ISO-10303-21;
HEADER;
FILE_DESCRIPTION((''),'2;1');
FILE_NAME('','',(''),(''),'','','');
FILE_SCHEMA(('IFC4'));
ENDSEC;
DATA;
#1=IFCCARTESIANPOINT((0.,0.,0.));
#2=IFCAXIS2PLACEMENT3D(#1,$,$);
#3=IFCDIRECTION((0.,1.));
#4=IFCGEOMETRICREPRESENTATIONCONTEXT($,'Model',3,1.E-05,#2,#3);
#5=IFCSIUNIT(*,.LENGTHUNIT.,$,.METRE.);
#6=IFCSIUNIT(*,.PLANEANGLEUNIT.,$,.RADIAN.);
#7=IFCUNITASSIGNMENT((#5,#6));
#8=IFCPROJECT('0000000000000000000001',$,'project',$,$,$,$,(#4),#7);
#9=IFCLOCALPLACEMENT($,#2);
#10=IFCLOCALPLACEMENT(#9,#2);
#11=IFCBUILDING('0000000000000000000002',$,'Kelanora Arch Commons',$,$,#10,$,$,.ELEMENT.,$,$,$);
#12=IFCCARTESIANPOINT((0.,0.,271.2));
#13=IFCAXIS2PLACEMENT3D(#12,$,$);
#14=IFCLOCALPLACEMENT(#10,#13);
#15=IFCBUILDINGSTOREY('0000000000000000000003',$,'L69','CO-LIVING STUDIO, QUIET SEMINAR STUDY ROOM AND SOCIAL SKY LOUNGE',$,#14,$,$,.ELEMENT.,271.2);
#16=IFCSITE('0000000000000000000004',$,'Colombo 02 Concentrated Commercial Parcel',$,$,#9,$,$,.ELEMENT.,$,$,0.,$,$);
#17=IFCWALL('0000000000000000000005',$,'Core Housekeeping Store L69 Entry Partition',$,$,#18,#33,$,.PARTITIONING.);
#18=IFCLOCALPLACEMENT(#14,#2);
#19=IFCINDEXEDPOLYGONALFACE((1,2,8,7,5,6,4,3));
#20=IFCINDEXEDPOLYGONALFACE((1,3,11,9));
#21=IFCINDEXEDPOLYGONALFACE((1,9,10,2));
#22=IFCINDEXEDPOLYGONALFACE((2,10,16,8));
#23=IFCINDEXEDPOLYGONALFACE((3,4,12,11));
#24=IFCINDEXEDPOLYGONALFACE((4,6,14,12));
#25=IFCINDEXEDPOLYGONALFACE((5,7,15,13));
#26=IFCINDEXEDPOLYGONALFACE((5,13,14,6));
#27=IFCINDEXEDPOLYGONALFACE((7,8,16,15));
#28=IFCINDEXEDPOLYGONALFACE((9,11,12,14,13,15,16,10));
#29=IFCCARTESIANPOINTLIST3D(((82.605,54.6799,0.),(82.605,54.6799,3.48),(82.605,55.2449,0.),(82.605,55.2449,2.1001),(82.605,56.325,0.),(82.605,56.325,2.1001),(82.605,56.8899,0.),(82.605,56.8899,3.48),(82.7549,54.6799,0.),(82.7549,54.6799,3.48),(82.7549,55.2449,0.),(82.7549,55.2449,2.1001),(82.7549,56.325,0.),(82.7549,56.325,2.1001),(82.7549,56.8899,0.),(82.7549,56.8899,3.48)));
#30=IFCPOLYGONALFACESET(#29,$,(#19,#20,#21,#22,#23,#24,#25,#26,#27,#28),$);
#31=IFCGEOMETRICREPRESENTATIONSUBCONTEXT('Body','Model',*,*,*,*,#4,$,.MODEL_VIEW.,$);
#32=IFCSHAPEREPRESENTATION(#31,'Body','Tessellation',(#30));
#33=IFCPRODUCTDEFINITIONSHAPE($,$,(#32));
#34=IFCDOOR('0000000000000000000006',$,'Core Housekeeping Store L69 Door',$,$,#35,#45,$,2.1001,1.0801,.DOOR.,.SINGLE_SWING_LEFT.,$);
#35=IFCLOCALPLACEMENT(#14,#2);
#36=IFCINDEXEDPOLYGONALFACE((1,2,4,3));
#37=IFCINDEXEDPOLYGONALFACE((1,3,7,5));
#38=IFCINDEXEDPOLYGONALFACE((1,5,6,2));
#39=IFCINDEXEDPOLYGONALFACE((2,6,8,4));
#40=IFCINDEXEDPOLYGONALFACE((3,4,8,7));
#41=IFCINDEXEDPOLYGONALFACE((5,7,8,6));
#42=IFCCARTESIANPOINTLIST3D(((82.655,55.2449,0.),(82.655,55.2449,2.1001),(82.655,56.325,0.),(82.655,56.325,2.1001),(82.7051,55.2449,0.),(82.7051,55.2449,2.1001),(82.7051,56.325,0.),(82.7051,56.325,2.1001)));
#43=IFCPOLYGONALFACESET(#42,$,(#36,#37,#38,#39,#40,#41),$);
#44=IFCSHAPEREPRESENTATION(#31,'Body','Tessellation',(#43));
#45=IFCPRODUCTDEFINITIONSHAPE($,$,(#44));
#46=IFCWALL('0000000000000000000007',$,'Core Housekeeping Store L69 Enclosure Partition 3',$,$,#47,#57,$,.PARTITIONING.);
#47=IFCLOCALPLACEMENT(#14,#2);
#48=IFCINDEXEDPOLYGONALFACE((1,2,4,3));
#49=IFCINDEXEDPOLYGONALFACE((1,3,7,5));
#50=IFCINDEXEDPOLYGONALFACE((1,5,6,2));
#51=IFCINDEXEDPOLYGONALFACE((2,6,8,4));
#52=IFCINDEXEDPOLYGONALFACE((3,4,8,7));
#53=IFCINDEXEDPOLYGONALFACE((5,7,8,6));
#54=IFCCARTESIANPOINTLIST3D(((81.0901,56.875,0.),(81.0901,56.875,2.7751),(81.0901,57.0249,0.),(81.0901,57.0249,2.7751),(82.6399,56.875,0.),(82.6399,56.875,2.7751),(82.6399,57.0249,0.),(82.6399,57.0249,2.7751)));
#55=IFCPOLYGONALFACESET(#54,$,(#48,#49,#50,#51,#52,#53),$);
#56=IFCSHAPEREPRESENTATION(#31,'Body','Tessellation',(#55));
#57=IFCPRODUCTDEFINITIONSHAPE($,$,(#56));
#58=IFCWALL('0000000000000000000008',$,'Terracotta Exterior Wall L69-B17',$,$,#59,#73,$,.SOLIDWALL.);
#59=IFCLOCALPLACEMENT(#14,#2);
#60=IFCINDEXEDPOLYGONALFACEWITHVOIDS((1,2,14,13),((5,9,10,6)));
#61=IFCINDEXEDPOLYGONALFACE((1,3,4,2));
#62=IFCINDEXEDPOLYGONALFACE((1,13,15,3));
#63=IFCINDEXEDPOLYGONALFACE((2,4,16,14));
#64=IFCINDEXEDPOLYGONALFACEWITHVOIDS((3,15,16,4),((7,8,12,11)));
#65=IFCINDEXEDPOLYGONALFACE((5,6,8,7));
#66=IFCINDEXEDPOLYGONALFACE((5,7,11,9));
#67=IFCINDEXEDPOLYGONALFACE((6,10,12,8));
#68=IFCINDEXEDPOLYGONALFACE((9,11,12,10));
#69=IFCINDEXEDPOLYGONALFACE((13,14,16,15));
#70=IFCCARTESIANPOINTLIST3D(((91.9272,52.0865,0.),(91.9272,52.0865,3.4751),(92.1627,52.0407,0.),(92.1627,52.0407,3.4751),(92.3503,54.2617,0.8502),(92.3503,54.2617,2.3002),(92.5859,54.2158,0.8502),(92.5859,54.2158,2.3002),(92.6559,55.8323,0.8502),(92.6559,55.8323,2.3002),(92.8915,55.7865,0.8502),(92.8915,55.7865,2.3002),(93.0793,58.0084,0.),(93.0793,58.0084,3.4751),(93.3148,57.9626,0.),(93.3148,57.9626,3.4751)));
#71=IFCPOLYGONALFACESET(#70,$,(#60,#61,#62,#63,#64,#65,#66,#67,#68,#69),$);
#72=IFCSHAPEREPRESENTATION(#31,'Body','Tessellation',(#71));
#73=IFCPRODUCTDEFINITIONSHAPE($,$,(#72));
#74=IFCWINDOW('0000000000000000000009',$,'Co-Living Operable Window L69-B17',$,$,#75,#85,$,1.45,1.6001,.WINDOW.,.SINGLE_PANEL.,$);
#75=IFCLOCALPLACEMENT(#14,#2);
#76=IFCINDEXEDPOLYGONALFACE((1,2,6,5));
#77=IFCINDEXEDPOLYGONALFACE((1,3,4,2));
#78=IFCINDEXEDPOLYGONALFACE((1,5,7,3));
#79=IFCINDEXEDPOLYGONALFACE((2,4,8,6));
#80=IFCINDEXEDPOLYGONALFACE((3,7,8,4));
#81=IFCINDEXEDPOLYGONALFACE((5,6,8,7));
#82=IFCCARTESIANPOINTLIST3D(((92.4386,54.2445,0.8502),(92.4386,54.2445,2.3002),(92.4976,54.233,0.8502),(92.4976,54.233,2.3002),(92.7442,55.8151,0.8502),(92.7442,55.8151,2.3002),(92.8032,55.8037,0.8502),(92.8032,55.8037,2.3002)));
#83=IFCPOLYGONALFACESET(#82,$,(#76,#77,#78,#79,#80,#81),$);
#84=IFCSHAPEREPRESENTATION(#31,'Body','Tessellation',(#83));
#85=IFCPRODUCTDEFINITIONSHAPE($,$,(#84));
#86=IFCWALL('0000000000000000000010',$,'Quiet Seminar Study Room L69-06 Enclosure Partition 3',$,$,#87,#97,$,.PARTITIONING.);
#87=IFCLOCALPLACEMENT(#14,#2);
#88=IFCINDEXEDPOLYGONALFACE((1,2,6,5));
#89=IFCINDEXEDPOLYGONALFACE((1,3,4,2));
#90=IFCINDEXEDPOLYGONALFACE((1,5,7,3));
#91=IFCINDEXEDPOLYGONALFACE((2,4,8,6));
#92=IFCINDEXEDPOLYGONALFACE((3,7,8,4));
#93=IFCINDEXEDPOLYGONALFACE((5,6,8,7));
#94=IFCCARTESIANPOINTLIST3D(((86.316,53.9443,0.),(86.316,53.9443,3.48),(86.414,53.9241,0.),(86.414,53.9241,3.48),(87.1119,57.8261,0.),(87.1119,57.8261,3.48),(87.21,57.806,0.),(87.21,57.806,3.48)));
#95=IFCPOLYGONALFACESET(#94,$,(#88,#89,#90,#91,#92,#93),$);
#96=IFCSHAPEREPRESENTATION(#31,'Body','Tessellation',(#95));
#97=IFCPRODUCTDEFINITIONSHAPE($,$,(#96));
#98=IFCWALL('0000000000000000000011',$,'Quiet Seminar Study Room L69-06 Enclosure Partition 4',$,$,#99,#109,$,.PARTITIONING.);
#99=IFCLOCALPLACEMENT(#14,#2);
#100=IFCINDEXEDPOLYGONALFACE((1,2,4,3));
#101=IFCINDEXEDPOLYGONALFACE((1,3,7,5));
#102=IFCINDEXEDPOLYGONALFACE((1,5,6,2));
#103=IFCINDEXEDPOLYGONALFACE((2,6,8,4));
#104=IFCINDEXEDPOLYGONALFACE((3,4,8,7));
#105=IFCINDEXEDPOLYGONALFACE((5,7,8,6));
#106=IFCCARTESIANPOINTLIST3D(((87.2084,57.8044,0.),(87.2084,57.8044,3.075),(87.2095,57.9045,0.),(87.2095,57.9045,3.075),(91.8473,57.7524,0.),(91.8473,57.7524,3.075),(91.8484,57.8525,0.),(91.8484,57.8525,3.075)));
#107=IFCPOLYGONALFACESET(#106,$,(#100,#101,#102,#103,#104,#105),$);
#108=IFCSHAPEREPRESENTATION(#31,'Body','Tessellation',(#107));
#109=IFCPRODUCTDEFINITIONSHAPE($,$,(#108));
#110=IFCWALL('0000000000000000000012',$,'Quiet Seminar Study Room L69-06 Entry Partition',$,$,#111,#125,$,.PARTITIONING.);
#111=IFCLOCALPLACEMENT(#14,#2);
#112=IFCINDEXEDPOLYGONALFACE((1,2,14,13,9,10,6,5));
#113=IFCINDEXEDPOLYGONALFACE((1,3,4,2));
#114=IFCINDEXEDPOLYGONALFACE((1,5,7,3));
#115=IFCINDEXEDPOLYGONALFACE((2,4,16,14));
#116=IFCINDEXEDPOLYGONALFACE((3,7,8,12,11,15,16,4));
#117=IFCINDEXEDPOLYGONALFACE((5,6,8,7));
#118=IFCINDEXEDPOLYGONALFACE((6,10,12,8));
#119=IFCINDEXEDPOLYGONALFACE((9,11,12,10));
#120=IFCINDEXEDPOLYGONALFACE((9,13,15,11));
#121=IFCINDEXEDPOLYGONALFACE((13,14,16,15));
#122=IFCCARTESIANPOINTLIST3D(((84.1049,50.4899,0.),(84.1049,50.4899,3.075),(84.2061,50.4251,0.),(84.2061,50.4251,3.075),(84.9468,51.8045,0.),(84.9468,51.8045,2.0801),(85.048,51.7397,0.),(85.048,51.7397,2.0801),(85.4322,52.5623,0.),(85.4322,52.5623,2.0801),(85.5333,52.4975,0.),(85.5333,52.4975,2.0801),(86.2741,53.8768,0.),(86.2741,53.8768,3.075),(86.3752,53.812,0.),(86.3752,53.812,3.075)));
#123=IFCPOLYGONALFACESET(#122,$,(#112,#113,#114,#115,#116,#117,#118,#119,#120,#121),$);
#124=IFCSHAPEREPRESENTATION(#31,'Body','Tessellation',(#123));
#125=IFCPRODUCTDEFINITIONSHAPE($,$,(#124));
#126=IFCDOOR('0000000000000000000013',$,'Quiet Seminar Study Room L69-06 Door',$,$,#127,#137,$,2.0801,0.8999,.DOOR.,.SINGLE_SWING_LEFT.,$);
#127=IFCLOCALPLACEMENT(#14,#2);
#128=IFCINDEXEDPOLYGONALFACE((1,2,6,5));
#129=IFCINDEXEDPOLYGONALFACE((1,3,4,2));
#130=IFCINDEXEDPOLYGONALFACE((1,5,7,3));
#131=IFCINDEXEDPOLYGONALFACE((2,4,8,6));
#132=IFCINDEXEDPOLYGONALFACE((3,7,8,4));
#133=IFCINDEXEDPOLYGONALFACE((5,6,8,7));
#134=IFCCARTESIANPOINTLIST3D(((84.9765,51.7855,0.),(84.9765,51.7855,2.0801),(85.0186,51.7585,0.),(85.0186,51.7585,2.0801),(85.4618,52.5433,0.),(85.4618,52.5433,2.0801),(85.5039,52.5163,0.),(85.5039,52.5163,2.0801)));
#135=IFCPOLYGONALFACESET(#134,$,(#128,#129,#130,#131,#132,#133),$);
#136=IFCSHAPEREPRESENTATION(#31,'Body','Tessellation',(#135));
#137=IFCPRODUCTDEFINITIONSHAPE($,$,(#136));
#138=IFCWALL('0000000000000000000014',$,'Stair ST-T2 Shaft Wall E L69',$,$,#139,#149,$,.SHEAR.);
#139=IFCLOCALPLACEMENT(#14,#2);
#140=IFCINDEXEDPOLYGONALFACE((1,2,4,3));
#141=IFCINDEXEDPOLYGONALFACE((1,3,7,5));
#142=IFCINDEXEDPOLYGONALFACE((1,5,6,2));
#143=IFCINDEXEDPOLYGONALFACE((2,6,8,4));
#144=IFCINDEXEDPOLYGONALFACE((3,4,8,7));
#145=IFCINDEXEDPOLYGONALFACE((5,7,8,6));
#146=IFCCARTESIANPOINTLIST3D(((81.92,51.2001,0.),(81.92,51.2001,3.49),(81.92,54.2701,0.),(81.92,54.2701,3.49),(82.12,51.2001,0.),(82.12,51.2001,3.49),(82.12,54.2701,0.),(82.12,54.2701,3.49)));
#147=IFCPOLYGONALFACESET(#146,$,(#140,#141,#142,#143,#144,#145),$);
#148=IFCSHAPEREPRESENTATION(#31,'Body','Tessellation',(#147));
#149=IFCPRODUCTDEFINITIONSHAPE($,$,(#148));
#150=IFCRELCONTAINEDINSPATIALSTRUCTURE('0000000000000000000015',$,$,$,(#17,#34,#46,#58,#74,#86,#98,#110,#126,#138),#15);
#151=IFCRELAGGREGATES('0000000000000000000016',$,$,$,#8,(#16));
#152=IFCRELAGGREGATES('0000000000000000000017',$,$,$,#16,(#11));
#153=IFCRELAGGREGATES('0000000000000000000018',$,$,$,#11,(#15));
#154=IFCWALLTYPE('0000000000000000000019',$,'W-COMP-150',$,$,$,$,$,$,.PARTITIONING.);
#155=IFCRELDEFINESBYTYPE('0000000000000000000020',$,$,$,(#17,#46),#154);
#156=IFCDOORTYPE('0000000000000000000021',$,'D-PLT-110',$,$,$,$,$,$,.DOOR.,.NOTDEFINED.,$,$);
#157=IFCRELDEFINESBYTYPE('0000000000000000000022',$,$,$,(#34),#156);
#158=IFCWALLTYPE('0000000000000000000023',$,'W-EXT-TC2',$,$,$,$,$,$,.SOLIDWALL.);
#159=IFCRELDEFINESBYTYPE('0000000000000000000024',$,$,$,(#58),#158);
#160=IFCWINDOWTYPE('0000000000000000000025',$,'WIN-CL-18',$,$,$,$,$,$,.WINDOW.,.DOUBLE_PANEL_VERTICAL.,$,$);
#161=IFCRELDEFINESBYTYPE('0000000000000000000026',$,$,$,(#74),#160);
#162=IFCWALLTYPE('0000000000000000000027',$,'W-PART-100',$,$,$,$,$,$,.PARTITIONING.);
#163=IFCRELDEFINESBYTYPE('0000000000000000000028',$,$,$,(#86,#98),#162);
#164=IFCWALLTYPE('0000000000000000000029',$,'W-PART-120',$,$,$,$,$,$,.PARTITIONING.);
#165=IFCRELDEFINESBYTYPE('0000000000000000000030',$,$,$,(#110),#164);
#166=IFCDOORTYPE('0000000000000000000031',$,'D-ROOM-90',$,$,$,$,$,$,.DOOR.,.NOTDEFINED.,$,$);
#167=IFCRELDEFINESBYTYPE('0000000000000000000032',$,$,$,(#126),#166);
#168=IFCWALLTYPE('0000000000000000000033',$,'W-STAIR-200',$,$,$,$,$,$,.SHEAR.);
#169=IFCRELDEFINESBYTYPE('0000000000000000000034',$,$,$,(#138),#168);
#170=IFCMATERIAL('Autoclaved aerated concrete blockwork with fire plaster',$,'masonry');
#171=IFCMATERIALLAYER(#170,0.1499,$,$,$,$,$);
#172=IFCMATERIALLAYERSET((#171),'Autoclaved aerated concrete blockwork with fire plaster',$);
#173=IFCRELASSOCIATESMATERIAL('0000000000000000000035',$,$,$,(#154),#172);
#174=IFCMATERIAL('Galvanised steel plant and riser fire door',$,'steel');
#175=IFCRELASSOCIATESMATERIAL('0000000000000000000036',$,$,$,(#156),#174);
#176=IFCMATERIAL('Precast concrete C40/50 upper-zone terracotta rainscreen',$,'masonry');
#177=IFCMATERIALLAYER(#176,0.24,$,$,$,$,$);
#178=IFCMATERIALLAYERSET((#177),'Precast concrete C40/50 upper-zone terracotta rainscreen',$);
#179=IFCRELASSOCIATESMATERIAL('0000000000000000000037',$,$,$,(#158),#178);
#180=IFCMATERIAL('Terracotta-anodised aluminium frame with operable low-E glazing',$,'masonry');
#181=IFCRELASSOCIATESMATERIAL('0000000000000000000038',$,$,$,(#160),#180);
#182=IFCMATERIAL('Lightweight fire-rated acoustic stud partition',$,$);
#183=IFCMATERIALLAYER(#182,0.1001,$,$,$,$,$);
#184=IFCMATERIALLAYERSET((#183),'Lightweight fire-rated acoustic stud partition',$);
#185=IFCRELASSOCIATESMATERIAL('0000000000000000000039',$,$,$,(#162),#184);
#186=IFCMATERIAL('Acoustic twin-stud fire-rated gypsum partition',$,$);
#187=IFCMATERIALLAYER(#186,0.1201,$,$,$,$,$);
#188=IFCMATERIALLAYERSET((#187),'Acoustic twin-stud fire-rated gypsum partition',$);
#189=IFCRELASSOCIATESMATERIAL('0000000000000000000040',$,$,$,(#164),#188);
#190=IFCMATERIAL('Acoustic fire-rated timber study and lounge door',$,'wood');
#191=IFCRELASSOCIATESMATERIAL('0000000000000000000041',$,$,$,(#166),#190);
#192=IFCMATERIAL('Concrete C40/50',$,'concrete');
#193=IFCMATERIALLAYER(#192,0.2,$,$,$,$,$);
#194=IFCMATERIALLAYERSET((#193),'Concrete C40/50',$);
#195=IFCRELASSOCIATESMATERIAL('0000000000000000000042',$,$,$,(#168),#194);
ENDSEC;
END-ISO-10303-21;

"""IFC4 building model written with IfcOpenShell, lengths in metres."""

from ifc_helpers import new_model, si_unit, direction, frame, frame_2d, origin, place, context, subcontext, project, spatial, rectangle, extrude, material, layer, layer_set, type_object, element, fill, save


model = new_model("IFC4")

# Units and contexts
model_context = context("Model", 3, precision=1e-05, world=origin(), true_north=direction((0.0, 1.0)))
body_context = subcontext(model_context, "Body", "Model", "MODEL_VIEW")
ifc_project = project(units=[si_unit("LENGTHUNIT", "METRE"), si_unit("PLANEANGLEUNIT", "RADIAN")], contexts=[model_context])

# Site, building, storey
site_placement = place(None, origin())
site = spatial("IfcSite", under=ifc_project, at=site_placement, Name="Colombo 02 Concentrated Commercial Parcel", CompositionType="ELEMENT", RefElevation=0.0)
building_placement = place(site_placement, origin())
building = spatial("IfcBuilding", under=site, at=building_placement, Name="Kelanora Arch Commons", CompositionType="ELEMENT")
storey_placement = place(building_placement, frame((0.0, 0.0, 271.2)))
storey = spatial("IfcBuildingStorey", under=building, at=storey_placement, Name="L69", Description="CO-LIVING STUDIO, QUIET SEMINAR STUDY ROOM AND SOCIAL SKY LOUNGE", CompositionType="ELEMENT", Elevation=271.2)

# Wall, opening, door
ifc_material_1 = material(Name="Autoclaved aerated concrete blockwork with fire plaster", Category="masonry")
ifc_layer_1 = layer(ifc_material_1, 0.1499)
ifc_layer_set_1 = layer_set([ifc_layer_1], Name="Autoclaved aerated concrete blockwork with fire plaster")
wall_type_1 = type_object("IfcWallType", Name="W-COMP-150", PredefinedType="PARTITIONING", material=ifc_layer_set_1)
wall_1_placement = place(storey_placement, frame((82.6799, 54.6799, 0.0), z_axis=(0.0, 0.0, 1.0), x_axis=(0.0, 1.0, 0.0)))
wall_1 = element("IfcWall", 1, at=wall_1_placement, inside=storey, type_object=wall_type_1, Name="Core Housekeeping Store L69 Entry Partition", PredefinedType="PARTITIONING", context=body_context, shape_type="SweptSolid", body=[
    extrude(rectangle(XDim=2.21, YDim=0.1499, at=frame_2d((1.105, 0.0))), origin(), (0.0, 0.0, 1.0), 3.48),
])
opening_1_placement = place(wall_1_placement, frame((0.5649, 0.0, 0.0)))
opening_1 = element("IfcOpeningElement", 2, at=opening_1_placement, cuts=wall_1, PredefinedType="OPENING", context=body_context, shape_type="SweptSolid", body=[
    extrude(rectangle(XDim=1.0801, YDim=2.1001, at=frame_2d((0.54, 1.05))), frame((0.0, 0.085, 0.0), z_axis=(0.0, -1.0, 0.0), x_axis=(1.0, 0.0, 0.0)), (0.0, 0.0, 1.0), 0.1699),
])
ifc_material_2 = material(Name="Galvanised steel plant and riser fire door", Category="steel")
door_type_1 = type_object("IfcDoorType", Name="D-PLT-110", OperationType="NOTDEFINED", PredefinedType="DOOR", material=ifc_material_2)
door_1_placement = place(opening_1_placement, origin())
door_1 = element("IfcDoor", 3, at=door_1_placement, inside=storey, type_object=door_type_1, Name="Core Housekeeping Store L69 Door", OperationType="SINGLE_SWING_LEFT", OverallHeight=2.1001, OverallWidth=1.0801, PredefinedType="DOOR", context=body_context, shape_type="SweptSolid", body=[
    extrude(rectangle(XDim=1.0801, YDim=2.1001, at=frame_2d((0.54, 1.05))), frame((0.0, 0.0249, 0.0), z_axis=(0.0, -1.0, 0.0), x_axis=(1.0, 0.0, 0.0)), (0.0, 0.0, 1.0), 0.05),
])
fill(opening_1, door_1)

# Wall
wall_2_placement = place(storey_placement, frame((82.6399, 56.95, 0.0), z_axis=(0.0, 0.0, 1.0), x_axis=(-1.0, 0.0, 0.0)))
element("IfcWall", 4, at=wall_2_placement, inside=storey, type_object=wall_type_1, Name="Core Housekeeping Store L69 Enclosure Partition 3", PredefinedType="PARTITIONING", context=body_context, shape_type="SweptSolid", body=[
    extrude(rectangle(XDim=1.5498, YDim=0.1499, at=frame_2d((0.7749, 0.0))), origin(), (0.0, 0.0, 1.0), 2.7751),
])

# Wall, opening, window
ifc_material_3 = material(Name="Precast concrete C40/50 upper-zone terracotta rainscreen", Category="masonry")
ifc_layer_2 = layer(ifc_material_3, 0.24)
ifc_layer_set_2 = layer_set([ifc_layer_2], Name="Precast concrete C40/50 upper-zone terracotta rainscreen")
wall_type_2 = type_object("IfcWallType", Name="W-EXT-TC2", PredefinedType="SOLIDWALL", material=ifc_layer_set_2)
wall_3_placement = place(storey_placement, frame((92.0449, 52.0635, 0.0), z_axis=(0.0, 0.0, 1.0), x_axis=(0.190969, 0.981596, 0.0)))
wall_3 = element("IfcWall", 5, at=wall_3_placement, inside=storey, type_object=wall_type_2, Name="Terracotta Exterior Wall L69-B17", PredefinedType="SOLIDWALL", context=body_context, shape_type="SweptSolid", body=[
    extrude(rectangle(XDim=6.033, YDim=0.24, at=frame_2d((3.0166, 0.0))), origin(), (0.0, 0.0, 1.0), 3.4751),
])
opening_2_placement = place(wall_3_placement, frame((2.2161, 0.0, 0.8501)))
opening_2 = element("IfcOpeningElement", 6, at=opening_2_placement, cuts=wall_3, PredefinedType="OPENING", context=body_context, shape_type="SweptSolid", body=[
    extrude(rectangle(XDim=1.6001, YDim=1.45, at=frame_2d((0.8, 0.7251))), frame((0.0, 0.1299, 0.0), z_axis=(0.0, -1.0, 0.0), x_axis=(1.0, 0.0, 0.0)), (0.0, 0.0, 1.0), 0.26),
])
ifc_material_4 = material(Name="Terracotta-anodised aluminium frame with operable low-E glazing", Category="masonry")
window_type = type_object("IfcWindowType", Name="WIN-CL-18", PartitioningType="DOUBLE_PANEL_VERTICAL", PredefinedType="WINDOW", material=ifc_material_4)
window_placement = place(opening_2_placement, origin())
window = element("IfcWindow", 7, at=window_placement, inside=storey, type_object=window_type, Name="Co-Living Operable Window L69-B17", OverallHeight=1.45, OverallWidth=1.6001, PartitioningType="SINGLE_PANEL", PredefinedType="WINDOW", context=body_context, shape_type="SweptSolid", body=[
    extrude(rectangle(XDim=1.6001, YDim=1.45, at=frame_2d((0.8, 0.7251))), frame((0.0, 0.03, 0.0), z_axis=(0.0, -1.0, 0.0), x_axis=(1.0, 0.0, 0.0)), (0.0, 0.0, 1.0), 0.0601),
])
fill(opening_2, window)

# Walls
ifc_material_5 = material(Name="Lightweight fire-rated acoustic stud partition")
ifc_layer_3 = layer(ifc_material_5, 0.1001)
ifc_layer_set_3 = layer_set([ifc_layer_3], Name="Lightweight fire-rated acoustic stud partition")
wall_type_3 = type_object("IfcWallType", Name="W-PART-100", PredefinedType="PARTITIONING", material=ifc_layer_set_3)
wall_4_placement = place(storey_placement, frame((86.365, 53.9341, 0.0), z_axis=(0.0, 0.0, 1.0), x_axis=(0.200853, 0.979621, 0.0)))
element("IfcWall", 8, at=wall_4_placement, inside=storey, type_object=wall_type_3, Name="Quiet Seminar Study Room L69-06 Enclosure Partition 3", PredefinedType="PARTITIONING", context=body_context, shape_type="SweptSolid", body=[
    extrude(rectangle(XDim=3.9626, YDim=0.1001, at=frame_2d((1.9814, 0.0))), origin(), (0.0, 0.0, 1.0), 3.48),
])
wall_5_placement = place(storey_placement, frame((87.209, 57.8545, 0.0), z_axis=(0.0, 0.0, 1.0), x_axis=(0.999937, -0.011209, 0.0)))
element("IfcWall", 9, at=wall_5_placement, inside=storey, type_object=wall_type_3, Name="Quiet Seminar Study Room L69-06 Enclosure Partition 4", PredefinedType="PARTITIONING", context=body_context, shape_type="SweptSolid", body=[
    extrude(rectangle(XDim=4.6392, YDim=0.1001, at=frame_2d((2.3196, 0.0))), origin(), (0.0, 0.0, 1.0), 3.075),
])

# Wall, opening, door
ifc_material_6 = material(Name="Acoustic twin-stud fire-rated gypsum partition")
ifc_layer_4 = layer(ifc_material_6, 0.1201)
ifc_layer_set_4 = layer_set([ifc_layer_4], Name="Acoustic twin-stud fire-rated gypsum partition")
wall_type_4 = type_object("IfcWallType", Name="W-PART-120", PredefinedType="PARTITIONING", material=ifc_layer_set_4)
wall_6_placement = place(storey_placement, frame((84.1555, 50.4575, 0.0), z_axis=(0.0, 0.0, 1.0), x_axis=(0.539324, 0.842098, 0.0)))
wall_6 = element("IfcWall", 10, at=wall_6_placement, inside=storey, type_object=wall_type_4, Name="Quiet Seminar Study Room L69-06 Entry Partition", PredefinedType="PARTITIONING", context=body_context, shape_type="SweptSolid", body=[
    extrude(rectangle(XDim=4.022, YDim=0.1201, at=frame_2d((2.011, 0.0))), origin(), (0.0, 0.0, 1.0), 3.075),
])
opening_3_placement = place(wall_6_placement, frame((1.561, 0.0, 0.0)))
opening_3 = element("IfcOpeningElement", 11, at=opening_3_placement, cuts=wall_6, PredefinedType="OPENING", context=body_context, shape_type="SweptSolid", body=[
    extrude(rectangle(XDim=0.8999, YDim=2.0801, at=frame_2d((0.45, 1.04))), frame((0.0, 0.0701, 0.0), z_axis=(0.0, -1.0, 0.0), x_axis=(1.0, 0.0, 0.0)), (0.0, 0.0, 1.0), 0.1401),
])
ifc_material_7 = material(Name="Acoustic fire-rated timber study and lounge door", Category="wood")
door_type_2 = type_object("IfcDoorType", Name="D-ROOM-90", OperationType="NOTDEFINED", PredefinedType="DOOR", material=ifc_material_7)
door_2_placement = place(opening_3_placement, origin())
door_2 = element("IfcDoor", 12, at=door_2_placement, inside=storey, type_object=door_type_2, Name="Quiet Seminar Study Room L69-06 Door", OperationType="SINGLE_SWING_LEFT", OverallHeight=2.0801, OverallWidth=0.8999, PredefinedType="DOOR", context=body_context, shape_type="SweptSolid", body=[
    extrude(rectangle(XDim=0.8999, YDim=2.0801, at=frame_2d((0.45, 1.04))), frame((0.0, 0.0249, 0.0), z_axis=(0.0, -1.0, 0.0), x_axis=(1.0, 0.0, 0.0)), (0.0, 0.0, 1.0), 0.05),
])
fill(opening_3, door_2)

# Wall
ifc_material_8 = material(Name="Concrete C40/50", Category="concrete")
ifc_layer_5 = layer(ifc_material_8, 0.2)
ifc_layer_set_5 = layer_set([ifc_layer_5], Name="Concrete C40/50")
wall_type_5 = type_object("IfcWallType", Name="W-STAIR-200", PredefinedType="SHEAR", material=ifc_layer_set_5)
wall_7_placement = place(storey_placement, frame((82.02, 51.2, 0.0), z_axis=(0.0, 0.0, 1.0), x_axis=(0.0, 1.0, 0.0)))
element("IfcWall", 13, at=wall_7_placement, inside=storey, type_object=wall_type_5, Name="Stair ST-T2 Shaft Wall E L69", PredefinedType="SHEAR", context=body_context, shape_type="SweptSolid", body=[
    extrude(rectangle(XDim=3.0701, YDim=0.2, at=frame_2d((1.5352, 0.0))), origin(), (0.0, 0.0, 1.0), 3.49),
])

save(model, "model.ifc")
